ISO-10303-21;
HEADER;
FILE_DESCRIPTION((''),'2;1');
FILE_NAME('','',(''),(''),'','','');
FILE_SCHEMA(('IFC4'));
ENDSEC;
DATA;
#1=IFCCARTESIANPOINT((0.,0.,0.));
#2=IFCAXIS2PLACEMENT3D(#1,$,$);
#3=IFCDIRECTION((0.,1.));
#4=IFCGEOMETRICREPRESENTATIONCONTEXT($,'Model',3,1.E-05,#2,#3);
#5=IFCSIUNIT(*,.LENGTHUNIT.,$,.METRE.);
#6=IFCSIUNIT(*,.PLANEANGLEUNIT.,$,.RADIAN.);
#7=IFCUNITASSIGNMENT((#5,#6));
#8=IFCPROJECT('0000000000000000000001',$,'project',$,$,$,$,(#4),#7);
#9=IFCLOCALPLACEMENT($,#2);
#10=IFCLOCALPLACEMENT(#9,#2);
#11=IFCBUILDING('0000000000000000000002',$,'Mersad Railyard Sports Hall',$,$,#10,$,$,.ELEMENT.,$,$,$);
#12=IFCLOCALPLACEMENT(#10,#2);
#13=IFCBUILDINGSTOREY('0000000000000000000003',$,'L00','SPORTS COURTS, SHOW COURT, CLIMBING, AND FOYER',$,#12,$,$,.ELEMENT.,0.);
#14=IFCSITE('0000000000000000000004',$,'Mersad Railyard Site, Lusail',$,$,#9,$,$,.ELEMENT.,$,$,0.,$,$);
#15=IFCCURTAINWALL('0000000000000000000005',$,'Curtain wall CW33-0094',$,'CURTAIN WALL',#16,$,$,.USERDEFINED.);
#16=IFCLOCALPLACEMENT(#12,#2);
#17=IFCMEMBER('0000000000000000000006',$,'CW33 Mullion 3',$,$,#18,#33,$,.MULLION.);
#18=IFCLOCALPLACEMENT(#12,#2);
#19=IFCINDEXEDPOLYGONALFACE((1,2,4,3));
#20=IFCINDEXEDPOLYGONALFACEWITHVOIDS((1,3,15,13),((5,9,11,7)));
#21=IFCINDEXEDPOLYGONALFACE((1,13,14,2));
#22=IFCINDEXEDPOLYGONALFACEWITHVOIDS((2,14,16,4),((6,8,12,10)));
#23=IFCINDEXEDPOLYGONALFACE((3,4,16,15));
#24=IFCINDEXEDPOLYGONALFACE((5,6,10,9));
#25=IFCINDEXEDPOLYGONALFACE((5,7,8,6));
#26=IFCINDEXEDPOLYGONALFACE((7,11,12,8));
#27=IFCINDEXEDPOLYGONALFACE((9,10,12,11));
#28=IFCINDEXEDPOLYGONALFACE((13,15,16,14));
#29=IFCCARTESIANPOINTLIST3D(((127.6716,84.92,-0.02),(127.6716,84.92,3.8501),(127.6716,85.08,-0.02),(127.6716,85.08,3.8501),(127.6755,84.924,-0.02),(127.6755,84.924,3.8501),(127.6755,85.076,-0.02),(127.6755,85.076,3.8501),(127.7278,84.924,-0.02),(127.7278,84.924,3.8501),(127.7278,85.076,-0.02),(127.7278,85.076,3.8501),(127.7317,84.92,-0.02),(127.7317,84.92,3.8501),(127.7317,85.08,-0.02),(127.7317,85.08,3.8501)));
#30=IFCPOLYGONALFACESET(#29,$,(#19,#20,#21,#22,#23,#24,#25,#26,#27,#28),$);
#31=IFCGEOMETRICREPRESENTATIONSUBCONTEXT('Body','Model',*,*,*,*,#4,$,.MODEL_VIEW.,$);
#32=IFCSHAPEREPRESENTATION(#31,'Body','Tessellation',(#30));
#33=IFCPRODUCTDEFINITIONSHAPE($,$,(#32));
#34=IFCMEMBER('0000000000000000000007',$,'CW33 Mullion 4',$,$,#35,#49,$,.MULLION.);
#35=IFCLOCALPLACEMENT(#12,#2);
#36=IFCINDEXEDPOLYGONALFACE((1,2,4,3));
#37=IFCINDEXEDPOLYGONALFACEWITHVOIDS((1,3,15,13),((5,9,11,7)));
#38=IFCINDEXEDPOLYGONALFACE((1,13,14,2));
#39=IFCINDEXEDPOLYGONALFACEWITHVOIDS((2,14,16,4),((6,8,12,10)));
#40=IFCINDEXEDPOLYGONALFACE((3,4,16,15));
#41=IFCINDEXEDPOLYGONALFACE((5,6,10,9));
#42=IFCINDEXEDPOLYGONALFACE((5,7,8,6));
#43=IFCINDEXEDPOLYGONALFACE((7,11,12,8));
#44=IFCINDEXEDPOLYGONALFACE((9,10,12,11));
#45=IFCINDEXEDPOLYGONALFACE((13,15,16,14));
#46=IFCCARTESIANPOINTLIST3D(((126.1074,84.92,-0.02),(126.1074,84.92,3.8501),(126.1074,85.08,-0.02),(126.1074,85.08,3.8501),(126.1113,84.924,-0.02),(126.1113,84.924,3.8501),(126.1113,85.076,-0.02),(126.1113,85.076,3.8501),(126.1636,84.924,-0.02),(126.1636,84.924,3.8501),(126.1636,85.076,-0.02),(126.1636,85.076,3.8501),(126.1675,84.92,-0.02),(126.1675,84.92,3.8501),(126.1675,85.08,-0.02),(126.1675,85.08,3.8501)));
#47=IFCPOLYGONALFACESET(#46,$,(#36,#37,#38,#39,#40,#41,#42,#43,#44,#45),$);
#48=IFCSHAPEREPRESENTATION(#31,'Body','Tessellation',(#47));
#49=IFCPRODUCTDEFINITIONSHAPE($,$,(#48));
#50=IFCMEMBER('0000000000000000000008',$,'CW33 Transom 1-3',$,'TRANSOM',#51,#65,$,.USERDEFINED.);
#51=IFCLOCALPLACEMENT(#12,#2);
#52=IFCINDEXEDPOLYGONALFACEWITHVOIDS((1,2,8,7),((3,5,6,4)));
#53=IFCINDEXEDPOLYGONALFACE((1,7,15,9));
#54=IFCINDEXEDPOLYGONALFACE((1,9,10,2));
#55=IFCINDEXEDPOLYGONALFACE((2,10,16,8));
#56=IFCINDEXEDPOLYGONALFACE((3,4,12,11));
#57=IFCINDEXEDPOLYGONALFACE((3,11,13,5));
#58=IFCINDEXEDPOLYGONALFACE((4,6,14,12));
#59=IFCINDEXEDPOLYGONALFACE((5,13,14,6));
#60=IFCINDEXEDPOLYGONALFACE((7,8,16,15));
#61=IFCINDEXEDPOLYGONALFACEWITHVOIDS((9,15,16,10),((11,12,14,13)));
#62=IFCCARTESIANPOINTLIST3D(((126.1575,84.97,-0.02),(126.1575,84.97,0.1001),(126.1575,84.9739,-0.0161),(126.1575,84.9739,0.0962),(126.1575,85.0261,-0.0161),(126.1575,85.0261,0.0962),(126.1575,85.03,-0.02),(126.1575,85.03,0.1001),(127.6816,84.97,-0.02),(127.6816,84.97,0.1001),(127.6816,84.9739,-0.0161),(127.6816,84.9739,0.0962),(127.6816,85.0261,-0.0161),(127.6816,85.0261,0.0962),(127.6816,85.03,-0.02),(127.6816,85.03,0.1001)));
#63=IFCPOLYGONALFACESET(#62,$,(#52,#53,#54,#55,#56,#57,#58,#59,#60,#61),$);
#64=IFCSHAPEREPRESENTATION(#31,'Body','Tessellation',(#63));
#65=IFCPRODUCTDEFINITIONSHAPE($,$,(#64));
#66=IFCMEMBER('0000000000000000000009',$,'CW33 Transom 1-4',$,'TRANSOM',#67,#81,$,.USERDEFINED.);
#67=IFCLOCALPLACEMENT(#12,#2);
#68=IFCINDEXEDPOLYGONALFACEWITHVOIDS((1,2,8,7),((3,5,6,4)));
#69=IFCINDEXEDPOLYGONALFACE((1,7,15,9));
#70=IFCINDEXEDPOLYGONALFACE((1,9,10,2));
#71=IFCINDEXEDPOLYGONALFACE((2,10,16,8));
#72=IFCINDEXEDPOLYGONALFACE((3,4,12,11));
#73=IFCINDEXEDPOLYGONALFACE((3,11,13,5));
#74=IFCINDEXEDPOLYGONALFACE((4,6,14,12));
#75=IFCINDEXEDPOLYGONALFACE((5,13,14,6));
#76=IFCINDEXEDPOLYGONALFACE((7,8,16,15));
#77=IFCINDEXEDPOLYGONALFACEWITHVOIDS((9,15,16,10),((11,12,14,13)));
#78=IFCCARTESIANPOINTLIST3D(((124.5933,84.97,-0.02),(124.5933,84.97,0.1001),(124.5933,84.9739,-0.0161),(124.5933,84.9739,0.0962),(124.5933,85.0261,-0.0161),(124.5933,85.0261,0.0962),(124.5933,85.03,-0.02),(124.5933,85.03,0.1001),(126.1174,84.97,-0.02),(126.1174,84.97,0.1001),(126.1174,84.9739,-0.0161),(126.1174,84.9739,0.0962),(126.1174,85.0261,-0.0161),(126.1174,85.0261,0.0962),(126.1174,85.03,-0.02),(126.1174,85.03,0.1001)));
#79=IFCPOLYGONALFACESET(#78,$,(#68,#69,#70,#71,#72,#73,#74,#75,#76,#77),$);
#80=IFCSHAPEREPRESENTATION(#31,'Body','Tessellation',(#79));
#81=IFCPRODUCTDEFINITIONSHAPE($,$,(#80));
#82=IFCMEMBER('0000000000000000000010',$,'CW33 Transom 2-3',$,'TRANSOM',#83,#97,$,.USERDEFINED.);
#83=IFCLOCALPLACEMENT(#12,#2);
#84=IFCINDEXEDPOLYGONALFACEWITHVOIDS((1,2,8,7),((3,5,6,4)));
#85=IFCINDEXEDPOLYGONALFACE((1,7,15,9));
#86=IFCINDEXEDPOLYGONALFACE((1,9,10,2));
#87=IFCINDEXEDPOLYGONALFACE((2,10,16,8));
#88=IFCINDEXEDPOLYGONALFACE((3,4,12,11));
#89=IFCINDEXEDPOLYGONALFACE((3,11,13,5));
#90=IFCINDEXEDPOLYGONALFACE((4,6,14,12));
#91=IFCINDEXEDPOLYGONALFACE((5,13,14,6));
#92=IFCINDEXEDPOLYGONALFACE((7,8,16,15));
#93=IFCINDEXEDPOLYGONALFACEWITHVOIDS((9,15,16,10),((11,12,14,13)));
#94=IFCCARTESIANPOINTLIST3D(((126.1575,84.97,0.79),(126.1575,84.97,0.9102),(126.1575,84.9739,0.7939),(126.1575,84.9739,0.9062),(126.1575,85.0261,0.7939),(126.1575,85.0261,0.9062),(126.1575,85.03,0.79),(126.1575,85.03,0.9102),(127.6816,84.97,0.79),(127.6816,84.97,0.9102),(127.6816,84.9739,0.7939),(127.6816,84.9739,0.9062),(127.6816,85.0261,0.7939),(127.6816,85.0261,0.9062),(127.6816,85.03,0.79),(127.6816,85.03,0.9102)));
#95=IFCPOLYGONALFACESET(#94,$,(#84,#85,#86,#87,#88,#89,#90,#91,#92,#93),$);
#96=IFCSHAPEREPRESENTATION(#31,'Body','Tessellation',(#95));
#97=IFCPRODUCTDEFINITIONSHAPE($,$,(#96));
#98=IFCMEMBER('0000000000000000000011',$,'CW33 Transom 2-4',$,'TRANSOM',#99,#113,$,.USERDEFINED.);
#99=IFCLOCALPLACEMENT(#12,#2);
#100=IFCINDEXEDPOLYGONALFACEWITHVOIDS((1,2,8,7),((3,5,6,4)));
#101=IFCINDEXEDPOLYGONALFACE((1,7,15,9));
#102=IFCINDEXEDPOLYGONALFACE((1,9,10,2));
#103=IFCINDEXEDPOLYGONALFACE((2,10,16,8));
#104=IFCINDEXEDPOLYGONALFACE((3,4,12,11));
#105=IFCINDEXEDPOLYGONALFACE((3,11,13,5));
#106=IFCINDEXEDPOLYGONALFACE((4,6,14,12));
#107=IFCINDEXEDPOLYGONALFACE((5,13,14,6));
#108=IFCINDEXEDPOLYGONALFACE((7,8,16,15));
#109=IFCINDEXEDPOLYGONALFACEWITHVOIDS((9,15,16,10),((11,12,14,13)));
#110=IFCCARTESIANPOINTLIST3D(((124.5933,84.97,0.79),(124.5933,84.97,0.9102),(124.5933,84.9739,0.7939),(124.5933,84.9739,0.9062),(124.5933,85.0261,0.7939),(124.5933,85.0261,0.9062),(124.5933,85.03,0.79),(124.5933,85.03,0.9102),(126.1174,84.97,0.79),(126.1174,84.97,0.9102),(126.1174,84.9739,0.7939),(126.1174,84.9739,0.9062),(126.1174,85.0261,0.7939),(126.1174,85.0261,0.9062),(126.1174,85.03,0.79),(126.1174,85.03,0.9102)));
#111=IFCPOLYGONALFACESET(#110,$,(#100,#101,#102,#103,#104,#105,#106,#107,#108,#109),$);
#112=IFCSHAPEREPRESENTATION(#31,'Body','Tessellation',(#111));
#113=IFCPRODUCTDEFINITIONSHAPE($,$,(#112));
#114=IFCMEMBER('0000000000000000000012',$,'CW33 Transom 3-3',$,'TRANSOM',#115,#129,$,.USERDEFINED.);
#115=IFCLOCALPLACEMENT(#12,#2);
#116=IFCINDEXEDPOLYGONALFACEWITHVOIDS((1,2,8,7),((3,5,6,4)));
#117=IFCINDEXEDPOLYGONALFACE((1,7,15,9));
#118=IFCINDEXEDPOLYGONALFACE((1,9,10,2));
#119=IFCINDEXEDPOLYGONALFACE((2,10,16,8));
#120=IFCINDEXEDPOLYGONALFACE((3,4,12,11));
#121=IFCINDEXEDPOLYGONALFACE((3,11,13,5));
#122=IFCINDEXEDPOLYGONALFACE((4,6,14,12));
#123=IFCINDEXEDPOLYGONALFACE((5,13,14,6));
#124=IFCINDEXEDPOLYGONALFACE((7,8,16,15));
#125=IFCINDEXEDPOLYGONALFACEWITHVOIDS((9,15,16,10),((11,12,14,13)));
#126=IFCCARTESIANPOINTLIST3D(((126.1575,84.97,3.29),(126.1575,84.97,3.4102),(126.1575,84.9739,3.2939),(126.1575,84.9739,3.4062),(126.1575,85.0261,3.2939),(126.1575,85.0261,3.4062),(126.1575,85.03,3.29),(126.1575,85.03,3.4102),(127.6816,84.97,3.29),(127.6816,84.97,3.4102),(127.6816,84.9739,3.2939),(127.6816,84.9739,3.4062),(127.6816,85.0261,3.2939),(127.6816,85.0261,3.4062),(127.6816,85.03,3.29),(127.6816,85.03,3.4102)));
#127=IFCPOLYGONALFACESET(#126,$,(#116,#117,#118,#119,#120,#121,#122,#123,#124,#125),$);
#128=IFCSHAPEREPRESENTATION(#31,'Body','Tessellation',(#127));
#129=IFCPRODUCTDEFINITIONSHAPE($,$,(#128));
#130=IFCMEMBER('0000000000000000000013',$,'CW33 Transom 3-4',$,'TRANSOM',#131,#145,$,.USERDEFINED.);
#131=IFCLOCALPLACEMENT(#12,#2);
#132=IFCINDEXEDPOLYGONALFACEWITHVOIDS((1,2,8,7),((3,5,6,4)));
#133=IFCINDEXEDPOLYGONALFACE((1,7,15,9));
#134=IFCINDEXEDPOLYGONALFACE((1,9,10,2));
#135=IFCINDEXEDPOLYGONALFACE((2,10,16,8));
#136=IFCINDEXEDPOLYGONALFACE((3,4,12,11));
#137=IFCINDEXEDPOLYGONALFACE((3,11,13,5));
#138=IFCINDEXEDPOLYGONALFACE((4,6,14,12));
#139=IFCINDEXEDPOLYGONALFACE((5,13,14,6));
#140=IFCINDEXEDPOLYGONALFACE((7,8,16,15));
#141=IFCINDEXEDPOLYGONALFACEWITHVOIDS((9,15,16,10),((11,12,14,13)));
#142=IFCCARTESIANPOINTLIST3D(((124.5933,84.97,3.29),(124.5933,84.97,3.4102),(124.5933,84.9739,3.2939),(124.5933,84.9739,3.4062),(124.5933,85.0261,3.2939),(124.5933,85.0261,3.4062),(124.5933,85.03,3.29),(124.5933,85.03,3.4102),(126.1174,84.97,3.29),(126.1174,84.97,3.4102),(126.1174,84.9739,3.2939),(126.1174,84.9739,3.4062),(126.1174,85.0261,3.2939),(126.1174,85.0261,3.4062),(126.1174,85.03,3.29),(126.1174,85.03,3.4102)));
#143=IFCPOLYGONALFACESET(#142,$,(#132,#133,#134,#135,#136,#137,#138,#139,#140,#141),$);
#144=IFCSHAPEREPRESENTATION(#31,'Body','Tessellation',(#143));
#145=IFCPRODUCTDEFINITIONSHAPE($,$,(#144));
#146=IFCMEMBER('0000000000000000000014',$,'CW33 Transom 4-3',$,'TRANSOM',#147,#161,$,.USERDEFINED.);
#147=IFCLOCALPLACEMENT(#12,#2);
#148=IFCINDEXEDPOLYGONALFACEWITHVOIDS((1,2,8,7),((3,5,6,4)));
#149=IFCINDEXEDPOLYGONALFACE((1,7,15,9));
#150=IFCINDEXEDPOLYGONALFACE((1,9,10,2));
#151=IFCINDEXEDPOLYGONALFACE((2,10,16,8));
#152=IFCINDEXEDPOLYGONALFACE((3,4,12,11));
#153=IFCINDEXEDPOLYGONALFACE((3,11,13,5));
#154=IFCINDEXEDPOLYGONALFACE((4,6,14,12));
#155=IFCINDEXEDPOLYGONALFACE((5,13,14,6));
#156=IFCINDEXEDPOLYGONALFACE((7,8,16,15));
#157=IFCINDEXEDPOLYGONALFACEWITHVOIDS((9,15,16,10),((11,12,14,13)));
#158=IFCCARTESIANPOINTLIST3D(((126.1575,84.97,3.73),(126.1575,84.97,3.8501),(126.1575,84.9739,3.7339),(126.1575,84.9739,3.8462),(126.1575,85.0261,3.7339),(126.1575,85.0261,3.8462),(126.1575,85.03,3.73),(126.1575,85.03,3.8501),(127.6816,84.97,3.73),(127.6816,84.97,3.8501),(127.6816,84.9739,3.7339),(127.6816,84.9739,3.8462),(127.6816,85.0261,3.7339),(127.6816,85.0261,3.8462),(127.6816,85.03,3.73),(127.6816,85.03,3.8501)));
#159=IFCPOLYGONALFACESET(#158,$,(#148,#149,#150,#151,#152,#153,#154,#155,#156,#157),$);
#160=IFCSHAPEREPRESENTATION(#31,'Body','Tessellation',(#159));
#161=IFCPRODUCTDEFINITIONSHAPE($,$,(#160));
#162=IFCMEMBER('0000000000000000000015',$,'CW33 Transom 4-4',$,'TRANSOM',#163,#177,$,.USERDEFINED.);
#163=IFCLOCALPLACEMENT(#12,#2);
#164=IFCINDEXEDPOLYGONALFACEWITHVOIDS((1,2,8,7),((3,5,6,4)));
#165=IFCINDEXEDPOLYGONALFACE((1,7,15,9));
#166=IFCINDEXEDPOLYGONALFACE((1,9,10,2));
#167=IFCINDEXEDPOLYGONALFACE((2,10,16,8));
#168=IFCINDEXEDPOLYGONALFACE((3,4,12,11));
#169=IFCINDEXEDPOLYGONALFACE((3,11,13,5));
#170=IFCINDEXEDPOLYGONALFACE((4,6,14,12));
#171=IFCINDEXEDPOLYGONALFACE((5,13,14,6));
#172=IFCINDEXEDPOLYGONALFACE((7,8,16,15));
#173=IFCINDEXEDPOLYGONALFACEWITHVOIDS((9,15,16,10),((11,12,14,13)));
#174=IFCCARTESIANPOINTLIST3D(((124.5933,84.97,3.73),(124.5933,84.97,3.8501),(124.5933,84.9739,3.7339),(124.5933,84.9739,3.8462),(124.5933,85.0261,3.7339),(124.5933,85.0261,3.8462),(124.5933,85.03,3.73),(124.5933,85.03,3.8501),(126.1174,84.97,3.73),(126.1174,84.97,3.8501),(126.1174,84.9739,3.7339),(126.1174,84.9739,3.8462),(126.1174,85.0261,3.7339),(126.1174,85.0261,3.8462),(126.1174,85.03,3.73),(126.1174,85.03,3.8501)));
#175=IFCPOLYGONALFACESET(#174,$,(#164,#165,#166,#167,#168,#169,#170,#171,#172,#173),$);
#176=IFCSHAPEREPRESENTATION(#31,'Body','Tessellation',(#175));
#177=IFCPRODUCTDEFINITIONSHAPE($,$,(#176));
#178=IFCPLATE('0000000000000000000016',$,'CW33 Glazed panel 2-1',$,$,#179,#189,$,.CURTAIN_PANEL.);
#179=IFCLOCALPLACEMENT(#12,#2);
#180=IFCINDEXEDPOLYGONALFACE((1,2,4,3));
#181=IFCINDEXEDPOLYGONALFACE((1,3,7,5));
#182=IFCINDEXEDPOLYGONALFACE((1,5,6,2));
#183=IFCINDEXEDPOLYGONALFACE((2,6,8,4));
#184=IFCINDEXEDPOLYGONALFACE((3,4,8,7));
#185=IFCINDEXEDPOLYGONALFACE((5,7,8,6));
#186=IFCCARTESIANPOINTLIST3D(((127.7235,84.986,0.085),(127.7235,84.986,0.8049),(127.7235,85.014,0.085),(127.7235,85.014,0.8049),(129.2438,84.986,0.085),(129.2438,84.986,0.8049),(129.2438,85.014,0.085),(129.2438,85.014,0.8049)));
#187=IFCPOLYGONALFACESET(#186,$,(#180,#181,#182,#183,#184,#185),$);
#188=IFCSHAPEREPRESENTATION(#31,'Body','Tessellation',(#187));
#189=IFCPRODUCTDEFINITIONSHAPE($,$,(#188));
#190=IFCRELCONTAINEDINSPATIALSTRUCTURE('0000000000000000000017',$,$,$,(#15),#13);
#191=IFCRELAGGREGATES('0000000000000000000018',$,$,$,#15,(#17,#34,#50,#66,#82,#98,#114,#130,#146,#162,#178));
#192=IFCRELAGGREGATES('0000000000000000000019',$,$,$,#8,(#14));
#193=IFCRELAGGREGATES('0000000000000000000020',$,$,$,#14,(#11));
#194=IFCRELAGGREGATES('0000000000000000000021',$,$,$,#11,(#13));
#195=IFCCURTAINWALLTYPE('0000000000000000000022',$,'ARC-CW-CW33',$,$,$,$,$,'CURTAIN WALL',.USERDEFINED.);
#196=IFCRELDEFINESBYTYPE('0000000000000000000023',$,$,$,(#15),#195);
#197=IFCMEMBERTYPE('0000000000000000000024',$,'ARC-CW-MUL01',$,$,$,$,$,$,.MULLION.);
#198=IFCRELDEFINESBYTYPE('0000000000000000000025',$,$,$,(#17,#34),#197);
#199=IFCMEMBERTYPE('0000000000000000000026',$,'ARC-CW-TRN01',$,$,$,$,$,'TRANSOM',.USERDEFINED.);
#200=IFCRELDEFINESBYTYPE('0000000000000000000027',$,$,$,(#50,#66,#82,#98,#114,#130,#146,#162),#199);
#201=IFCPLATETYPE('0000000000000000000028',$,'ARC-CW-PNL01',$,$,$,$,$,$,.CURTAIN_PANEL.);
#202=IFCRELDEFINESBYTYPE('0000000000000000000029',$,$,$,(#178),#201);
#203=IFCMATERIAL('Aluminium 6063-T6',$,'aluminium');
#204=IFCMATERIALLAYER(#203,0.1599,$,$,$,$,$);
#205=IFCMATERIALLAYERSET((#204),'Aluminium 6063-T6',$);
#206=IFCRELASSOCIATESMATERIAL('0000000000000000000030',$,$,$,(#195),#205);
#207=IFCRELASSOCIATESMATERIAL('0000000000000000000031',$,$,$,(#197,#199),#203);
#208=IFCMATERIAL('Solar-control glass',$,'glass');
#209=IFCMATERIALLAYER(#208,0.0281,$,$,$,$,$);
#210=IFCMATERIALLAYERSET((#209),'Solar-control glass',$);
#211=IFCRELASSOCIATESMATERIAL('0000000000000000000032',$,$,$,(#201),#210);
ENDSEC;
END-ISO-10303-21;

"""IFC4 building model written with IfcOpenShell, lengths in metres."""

from ifc_helpers import new_model, si_unit, direction, frame, origin, origin_2d, place, context, subcontext, project, spatial, rectangle, hollow_rectangle, extrude, material, layer, layer_set, material_profile, profile_set, type_object, element, aggregate, save


model = new_model("IFC4")

# Units and contexts
model_context = context("Model", 3, precision=1e-05, world=origin(), true_north=direction((0.0, 1.0)))
body_context = subcontext(model_context, "Body", "Model", "MODEL_VIEW")
ifc_project = project(units=[si_unit("LENGTHUNIT", "METRE"), si_unit("PLANEANGLEUNIT", "RADIAN")], contexts=[model_context])

# Site, building, storey
site_placement = place(None, origin())
site = spatial("IfcSite", under=ifc_project, at=site_placement, Name="Mersad Railyard Site, Lusail", CompositionType="ELEMENT", RefElevation=0.0)
building_placement = place(site_placement, origin())
building = spatial("IfcBuilding", under=site, at=building_placement, Name="Mersad Railyard Sports Hall", CompositionType="ELEMENT")
storey_placement = place(building_placement, origin())
storey = spatial("IfcBuildingStorey", under=building, at=storey_placement, Name="L00", Description="SPORTS COURTS, SHOW COURT, CLIMBING, AND FOYER", CompositionType="ELEMENT", Elevation=0.0)

# Curtain wall, members, plate
ifc_material_1 = material(Name="Aluminium 6063-T6", Category="aluminium")
ifc_layer_1 = layer(ifc_material_1, 0.1599)
ifc_layer_set_1 = layer_set([ifc_layer_1], Name="Aluminium 6063-T6")
curtain_wall_type = type_object("IfcCurtainWallType", Name="ARC-CW-CW33", ElementType="CURTAIN WALL", PredefinedType="USERDEFINED", material=ifc_layer_set_1)
curtain_wall_placement = place(storey_placement, origin())
curtain_wall = element("IfcCurtainWall", 1, at=curtain_wall_placement, inside=storey, type_object=curtain_wall_type, Name="Curtain wall CW33-0094", ObjectType="CURTAIN WALL", PredefinedType="USERDEFINED")
ifc_material_profile_1 = material_profile(ifc_material_1, hollow_rectangle(XDim=0.0601, YDim=0.1599, WallThickness=0.0039, at=origin_2d()), Name="AL MULLION 60x160x4")
ifc_profile_set_1 = profile_set([ifc_material_profile_1], Name="Aluminium 6063-T6")
member_type_1 = type_object("IfcMemberType", Name="ARC-CW-MUL01", PredefinedType="MULLION", material=ifc_profile_set_1)
member_1_placement = place(storey_placement, frame((127.7017, 85.0, -0.02), z_axis=(0.0, 0.0, 1.0), x_axis=(1.0, 0.0, 0.0)))
member_1 = element("IfcMember", 2, at=member_1_placement, type_object=member_type_1, Name="CW33 Mullion 3", PredefinedType="MULLION", context=body_context, shape_type="SweptSolid", body=[
    extrude(hollow_rectangle(XDim=0.0601, YDim=0.1599, WallThickness=0.0039, at=origin_2d()), origin(), (0.0, 0.0, 1.0), 3.8701),
])
member_2_placement = place(storey_placement, frame((126.1375, 85.0, -0.02), z_axis=(0.0, 0.0, 1.0), x_axis=(1.0, 0.0, 0.0)))
member_2 = element("IfcMember", 3, at=member_2_placement, type_object=member_type_1, Name="CW33 Mullion 4", PredefinedType="MULLION", context=body_context, shape_type="SweptSolid", body=[
    extrude(hollow_rectangle(XDim=0.0601, YDim=0.1599, WallThickness=0.0039, at=origin_2d()), origin(), (0.0, 0.0, 1.0), 3.8701),
])
ifc_material_profile_2 = material_profile(ifc_material_1, hollow_rectangle(XDim=0.0601, YDim=0.1201, WallThickness=0.0039, at=origin_2d()), Name="AL TRANSOM 60x120x4")
ifc_profile_set_2 = profile_set([ifc_material_profile_2], Name="Aluminium 6063-T6")
member_type_2 = type_object("IfcMemberType", Name="ARC-CW-TRN01", ElementType="TRANSOM", PredefinedType="USERDEFINED", material=ifc_profile_set_2)
member_3_placement = place(storey_placement, frame((127.6816, 85.0, 0.04), z_axis=(-1.0, 0.0, 0.0), x_axis=(0.0, -1.0, 0.0)))
member_3 = element("IfcMember", 4, at=member_3_placement, type_object=member_type_2, Name="CW33 Transom 1-3", ObjectType="TRANSOM", PredefinedType="USERDEFINED", context=body_context, shape_type="SweptSolid", body=[
    extrude(hollow_rectangle(XDim=0.0601, YDim=0.1201, WallThickness=0.0039, at=origin_2d()), origin(), (0.0, 0.0, 1.0), 1.5242),
])
member_4_placement = place(storey_placement, frame((126.1174, 85.0, 0.04), z_axis=(-1.0, 0.0, 0.0), x_axis=(0.0, -1.0, 0.0)))
member_4 = element("IfcMember", 5, at=member_4_placement, type_object=member_type_2, Name="CW33 Transom 1-4", ObjectType="TRANSOM", PredefinedType="USERDEFINED", context=body_context, shape_type="SweptSolid", body=[
    extrude(hollow_rectangle(XDim=0.0601, YDim=0.1201, WallThickness=0.0039, at=origin_2d()), origin(), (0.0, 0.0, 1.0), 1.5242),
])
member_5_placement = place(storey_placement, frame((127.6816, 85.0, 0.8501), z_axis=(-1.0, 0.0, 0.0), x_axis=(0.0, -1.0, 0.0)))
member_5 = element("IfcMember", 6, at=member_5_placement, type_object=member_type_2, Name="CW33 Transom 2-3", ObjectType="TRANSOM", PredefinedType="USERDEFINED", context=body_context, shape_type="SweptSolid", body=[
    extrude(hollow_rectangle(XDim=0.0601, YDim=0.1201, WallThickness=0.0039, at=origin_2d()), origin(), (0.0, 0.0, 1.0), 1.5242),
])
member_6_placement = place(storey_placement, frame((126.1174, 85.0, 0.8501), z_axis=(-1.0, 0.0, 0.0), x_axis=(0.0, -1.0, 0.0)))
member_6 = element("IfcMember", 7, at=member_6_placement, type_object=member_type_2, Name="CW33 Transom 2-4", ObjectType="TRANSOM", PredefinedType="USERDEFINED", context=body_context, shape_type="SweptSolid", body=[
    extrude(hollow_rectangle(XDim=0.0601, YDim=0.1201, WallThickness=0.0039, at=origin_2d()), origin(), (0.0, 0.0, 1.0), 1.5242),
])
member_7_placement = place(storey_placement, frame((127.6816, 85.0, 3.3501), z_axis=(-1.0, 0.0, 0.0), x_axis=(0.0, -1.0, 0.0)))
member_7 = element("IfcMember", 8, at=member_7_placement, type_object=member_type_2, Name="CW33 Transom 3-3", ObjectType="TRANSOM", PredefinedType="USERDEFINED", context=body_context, shape_type="SweptSolid", body=[
    extrude(hollow_rectangle(XDim=0.0601, YDim=0.1201, WallThickness=0.0039, at=origin_2d()), origin(), (0.0, 0.0, 1.0), 1.5242),
])
member_8_placement = place(storey_placement, frame((126.1174, 85.0, 3.3501), z_axis=(-1.0, 0.0, 0.0), x_axis=(0.0, -1.0, 0.0)))
member_8 = element("IfcMember", 9, at=member_8_placement, type_object=member_type_2, Name="CW33 Transom 3-4", ObjectType="TRANSOM", PredefinedType="USERDEFINED", context=body_context, shape_type="SweptSolid", body=[
    extrude(hollow_rectangle(XDim=0.0601, YDim=0.1201, WallThickness=0.0039, at=origin_2d()), origin(), (0.0, 0.0, 1.0), 1.5242),
])
member_9_placement = place(storey_placement, frame((127.6816, 85.0, 3.79), z_axis=(-1.0, 0.0, 0.0), x_axis=(0.0, -1.0, 0.0)))
member_9 = element("IfcMember", 10, at=member_9_placement, type_object=member_type_2, Name="CW33 Transom 4-3", ObjectType="TRANSOM", PredefinedType="USERDEFINED", context=body_context, shape_type="SweptSolid", body=[
    extrude(hollow_rectangle(XDim=0.0601, YDim=0.1201, WallThickness=0.0039, at=origin_2d()), origin(), (0.0, 0.0, 1.0), 1.5242),
])
member_10_placement = place(storey_placement, frame((126.1174, 85.0, 3.79), z_axis=(-1.0, 0.0, 0.0), x_axis=(0.0, -1.0, 0.0)))
member_10 = element("IfcMember", 11, at=member_10_placement, type_object=member_type_2, Name="CW33 Transom 4-4", ObjectType="TRANSOM", PredefinedType="USERDEFINED", context=body_context, shape_type="SweptSolid", body=[
    extrude(hollow_rectangle(XDim=0.0601, YDim=0.1201, WallThickness=0.0039, at=origin_2d()), origin(), (0.0, 0.0, 1.0), 1.5242),
])
ifc_material_2 = material(Name="Solar-control glass", Category="glass")
ifc_layer_2 = layer(ifc_material_2, 0.0281)
ifc_layer_set_2 = layer_set([ifc_layer_2], Name="Solar-control glass")
plate_type = type_object("IfcPlateType", Name="ARC-CW-PNL01", PredefinedType="CURTAIN_PANEL", material=ifc_layer_set_2)
plate_1_placement = place(storey_placement, frame((128.4836, 85.0, 0.085), z_axis=(0.0, 0.0, 1.0), x_axis=(-1.0, 0.0, 0.0)))
plate_1 = element("IfcPlate", 12, at=plate_1_placement, type_object=plate_type, Name="CW33 Glazed panel 2-1", PredefinedType="CURTAIN_PANEL", context=body_context, shape_type="SweptSolid", body=[
    extrude(rectangle(XDim=1.5203, YDim=0.0281, at=origin_2d()), origin(), (0.0, 0.0, 1.0), 0.72),
])
aggregate(curtain_wall, [member_1, member_2, member_3, member_4, member_5, member_6, member_7, member_8, member_9, member_10, plate_1])

save(model, "model.ifc")
